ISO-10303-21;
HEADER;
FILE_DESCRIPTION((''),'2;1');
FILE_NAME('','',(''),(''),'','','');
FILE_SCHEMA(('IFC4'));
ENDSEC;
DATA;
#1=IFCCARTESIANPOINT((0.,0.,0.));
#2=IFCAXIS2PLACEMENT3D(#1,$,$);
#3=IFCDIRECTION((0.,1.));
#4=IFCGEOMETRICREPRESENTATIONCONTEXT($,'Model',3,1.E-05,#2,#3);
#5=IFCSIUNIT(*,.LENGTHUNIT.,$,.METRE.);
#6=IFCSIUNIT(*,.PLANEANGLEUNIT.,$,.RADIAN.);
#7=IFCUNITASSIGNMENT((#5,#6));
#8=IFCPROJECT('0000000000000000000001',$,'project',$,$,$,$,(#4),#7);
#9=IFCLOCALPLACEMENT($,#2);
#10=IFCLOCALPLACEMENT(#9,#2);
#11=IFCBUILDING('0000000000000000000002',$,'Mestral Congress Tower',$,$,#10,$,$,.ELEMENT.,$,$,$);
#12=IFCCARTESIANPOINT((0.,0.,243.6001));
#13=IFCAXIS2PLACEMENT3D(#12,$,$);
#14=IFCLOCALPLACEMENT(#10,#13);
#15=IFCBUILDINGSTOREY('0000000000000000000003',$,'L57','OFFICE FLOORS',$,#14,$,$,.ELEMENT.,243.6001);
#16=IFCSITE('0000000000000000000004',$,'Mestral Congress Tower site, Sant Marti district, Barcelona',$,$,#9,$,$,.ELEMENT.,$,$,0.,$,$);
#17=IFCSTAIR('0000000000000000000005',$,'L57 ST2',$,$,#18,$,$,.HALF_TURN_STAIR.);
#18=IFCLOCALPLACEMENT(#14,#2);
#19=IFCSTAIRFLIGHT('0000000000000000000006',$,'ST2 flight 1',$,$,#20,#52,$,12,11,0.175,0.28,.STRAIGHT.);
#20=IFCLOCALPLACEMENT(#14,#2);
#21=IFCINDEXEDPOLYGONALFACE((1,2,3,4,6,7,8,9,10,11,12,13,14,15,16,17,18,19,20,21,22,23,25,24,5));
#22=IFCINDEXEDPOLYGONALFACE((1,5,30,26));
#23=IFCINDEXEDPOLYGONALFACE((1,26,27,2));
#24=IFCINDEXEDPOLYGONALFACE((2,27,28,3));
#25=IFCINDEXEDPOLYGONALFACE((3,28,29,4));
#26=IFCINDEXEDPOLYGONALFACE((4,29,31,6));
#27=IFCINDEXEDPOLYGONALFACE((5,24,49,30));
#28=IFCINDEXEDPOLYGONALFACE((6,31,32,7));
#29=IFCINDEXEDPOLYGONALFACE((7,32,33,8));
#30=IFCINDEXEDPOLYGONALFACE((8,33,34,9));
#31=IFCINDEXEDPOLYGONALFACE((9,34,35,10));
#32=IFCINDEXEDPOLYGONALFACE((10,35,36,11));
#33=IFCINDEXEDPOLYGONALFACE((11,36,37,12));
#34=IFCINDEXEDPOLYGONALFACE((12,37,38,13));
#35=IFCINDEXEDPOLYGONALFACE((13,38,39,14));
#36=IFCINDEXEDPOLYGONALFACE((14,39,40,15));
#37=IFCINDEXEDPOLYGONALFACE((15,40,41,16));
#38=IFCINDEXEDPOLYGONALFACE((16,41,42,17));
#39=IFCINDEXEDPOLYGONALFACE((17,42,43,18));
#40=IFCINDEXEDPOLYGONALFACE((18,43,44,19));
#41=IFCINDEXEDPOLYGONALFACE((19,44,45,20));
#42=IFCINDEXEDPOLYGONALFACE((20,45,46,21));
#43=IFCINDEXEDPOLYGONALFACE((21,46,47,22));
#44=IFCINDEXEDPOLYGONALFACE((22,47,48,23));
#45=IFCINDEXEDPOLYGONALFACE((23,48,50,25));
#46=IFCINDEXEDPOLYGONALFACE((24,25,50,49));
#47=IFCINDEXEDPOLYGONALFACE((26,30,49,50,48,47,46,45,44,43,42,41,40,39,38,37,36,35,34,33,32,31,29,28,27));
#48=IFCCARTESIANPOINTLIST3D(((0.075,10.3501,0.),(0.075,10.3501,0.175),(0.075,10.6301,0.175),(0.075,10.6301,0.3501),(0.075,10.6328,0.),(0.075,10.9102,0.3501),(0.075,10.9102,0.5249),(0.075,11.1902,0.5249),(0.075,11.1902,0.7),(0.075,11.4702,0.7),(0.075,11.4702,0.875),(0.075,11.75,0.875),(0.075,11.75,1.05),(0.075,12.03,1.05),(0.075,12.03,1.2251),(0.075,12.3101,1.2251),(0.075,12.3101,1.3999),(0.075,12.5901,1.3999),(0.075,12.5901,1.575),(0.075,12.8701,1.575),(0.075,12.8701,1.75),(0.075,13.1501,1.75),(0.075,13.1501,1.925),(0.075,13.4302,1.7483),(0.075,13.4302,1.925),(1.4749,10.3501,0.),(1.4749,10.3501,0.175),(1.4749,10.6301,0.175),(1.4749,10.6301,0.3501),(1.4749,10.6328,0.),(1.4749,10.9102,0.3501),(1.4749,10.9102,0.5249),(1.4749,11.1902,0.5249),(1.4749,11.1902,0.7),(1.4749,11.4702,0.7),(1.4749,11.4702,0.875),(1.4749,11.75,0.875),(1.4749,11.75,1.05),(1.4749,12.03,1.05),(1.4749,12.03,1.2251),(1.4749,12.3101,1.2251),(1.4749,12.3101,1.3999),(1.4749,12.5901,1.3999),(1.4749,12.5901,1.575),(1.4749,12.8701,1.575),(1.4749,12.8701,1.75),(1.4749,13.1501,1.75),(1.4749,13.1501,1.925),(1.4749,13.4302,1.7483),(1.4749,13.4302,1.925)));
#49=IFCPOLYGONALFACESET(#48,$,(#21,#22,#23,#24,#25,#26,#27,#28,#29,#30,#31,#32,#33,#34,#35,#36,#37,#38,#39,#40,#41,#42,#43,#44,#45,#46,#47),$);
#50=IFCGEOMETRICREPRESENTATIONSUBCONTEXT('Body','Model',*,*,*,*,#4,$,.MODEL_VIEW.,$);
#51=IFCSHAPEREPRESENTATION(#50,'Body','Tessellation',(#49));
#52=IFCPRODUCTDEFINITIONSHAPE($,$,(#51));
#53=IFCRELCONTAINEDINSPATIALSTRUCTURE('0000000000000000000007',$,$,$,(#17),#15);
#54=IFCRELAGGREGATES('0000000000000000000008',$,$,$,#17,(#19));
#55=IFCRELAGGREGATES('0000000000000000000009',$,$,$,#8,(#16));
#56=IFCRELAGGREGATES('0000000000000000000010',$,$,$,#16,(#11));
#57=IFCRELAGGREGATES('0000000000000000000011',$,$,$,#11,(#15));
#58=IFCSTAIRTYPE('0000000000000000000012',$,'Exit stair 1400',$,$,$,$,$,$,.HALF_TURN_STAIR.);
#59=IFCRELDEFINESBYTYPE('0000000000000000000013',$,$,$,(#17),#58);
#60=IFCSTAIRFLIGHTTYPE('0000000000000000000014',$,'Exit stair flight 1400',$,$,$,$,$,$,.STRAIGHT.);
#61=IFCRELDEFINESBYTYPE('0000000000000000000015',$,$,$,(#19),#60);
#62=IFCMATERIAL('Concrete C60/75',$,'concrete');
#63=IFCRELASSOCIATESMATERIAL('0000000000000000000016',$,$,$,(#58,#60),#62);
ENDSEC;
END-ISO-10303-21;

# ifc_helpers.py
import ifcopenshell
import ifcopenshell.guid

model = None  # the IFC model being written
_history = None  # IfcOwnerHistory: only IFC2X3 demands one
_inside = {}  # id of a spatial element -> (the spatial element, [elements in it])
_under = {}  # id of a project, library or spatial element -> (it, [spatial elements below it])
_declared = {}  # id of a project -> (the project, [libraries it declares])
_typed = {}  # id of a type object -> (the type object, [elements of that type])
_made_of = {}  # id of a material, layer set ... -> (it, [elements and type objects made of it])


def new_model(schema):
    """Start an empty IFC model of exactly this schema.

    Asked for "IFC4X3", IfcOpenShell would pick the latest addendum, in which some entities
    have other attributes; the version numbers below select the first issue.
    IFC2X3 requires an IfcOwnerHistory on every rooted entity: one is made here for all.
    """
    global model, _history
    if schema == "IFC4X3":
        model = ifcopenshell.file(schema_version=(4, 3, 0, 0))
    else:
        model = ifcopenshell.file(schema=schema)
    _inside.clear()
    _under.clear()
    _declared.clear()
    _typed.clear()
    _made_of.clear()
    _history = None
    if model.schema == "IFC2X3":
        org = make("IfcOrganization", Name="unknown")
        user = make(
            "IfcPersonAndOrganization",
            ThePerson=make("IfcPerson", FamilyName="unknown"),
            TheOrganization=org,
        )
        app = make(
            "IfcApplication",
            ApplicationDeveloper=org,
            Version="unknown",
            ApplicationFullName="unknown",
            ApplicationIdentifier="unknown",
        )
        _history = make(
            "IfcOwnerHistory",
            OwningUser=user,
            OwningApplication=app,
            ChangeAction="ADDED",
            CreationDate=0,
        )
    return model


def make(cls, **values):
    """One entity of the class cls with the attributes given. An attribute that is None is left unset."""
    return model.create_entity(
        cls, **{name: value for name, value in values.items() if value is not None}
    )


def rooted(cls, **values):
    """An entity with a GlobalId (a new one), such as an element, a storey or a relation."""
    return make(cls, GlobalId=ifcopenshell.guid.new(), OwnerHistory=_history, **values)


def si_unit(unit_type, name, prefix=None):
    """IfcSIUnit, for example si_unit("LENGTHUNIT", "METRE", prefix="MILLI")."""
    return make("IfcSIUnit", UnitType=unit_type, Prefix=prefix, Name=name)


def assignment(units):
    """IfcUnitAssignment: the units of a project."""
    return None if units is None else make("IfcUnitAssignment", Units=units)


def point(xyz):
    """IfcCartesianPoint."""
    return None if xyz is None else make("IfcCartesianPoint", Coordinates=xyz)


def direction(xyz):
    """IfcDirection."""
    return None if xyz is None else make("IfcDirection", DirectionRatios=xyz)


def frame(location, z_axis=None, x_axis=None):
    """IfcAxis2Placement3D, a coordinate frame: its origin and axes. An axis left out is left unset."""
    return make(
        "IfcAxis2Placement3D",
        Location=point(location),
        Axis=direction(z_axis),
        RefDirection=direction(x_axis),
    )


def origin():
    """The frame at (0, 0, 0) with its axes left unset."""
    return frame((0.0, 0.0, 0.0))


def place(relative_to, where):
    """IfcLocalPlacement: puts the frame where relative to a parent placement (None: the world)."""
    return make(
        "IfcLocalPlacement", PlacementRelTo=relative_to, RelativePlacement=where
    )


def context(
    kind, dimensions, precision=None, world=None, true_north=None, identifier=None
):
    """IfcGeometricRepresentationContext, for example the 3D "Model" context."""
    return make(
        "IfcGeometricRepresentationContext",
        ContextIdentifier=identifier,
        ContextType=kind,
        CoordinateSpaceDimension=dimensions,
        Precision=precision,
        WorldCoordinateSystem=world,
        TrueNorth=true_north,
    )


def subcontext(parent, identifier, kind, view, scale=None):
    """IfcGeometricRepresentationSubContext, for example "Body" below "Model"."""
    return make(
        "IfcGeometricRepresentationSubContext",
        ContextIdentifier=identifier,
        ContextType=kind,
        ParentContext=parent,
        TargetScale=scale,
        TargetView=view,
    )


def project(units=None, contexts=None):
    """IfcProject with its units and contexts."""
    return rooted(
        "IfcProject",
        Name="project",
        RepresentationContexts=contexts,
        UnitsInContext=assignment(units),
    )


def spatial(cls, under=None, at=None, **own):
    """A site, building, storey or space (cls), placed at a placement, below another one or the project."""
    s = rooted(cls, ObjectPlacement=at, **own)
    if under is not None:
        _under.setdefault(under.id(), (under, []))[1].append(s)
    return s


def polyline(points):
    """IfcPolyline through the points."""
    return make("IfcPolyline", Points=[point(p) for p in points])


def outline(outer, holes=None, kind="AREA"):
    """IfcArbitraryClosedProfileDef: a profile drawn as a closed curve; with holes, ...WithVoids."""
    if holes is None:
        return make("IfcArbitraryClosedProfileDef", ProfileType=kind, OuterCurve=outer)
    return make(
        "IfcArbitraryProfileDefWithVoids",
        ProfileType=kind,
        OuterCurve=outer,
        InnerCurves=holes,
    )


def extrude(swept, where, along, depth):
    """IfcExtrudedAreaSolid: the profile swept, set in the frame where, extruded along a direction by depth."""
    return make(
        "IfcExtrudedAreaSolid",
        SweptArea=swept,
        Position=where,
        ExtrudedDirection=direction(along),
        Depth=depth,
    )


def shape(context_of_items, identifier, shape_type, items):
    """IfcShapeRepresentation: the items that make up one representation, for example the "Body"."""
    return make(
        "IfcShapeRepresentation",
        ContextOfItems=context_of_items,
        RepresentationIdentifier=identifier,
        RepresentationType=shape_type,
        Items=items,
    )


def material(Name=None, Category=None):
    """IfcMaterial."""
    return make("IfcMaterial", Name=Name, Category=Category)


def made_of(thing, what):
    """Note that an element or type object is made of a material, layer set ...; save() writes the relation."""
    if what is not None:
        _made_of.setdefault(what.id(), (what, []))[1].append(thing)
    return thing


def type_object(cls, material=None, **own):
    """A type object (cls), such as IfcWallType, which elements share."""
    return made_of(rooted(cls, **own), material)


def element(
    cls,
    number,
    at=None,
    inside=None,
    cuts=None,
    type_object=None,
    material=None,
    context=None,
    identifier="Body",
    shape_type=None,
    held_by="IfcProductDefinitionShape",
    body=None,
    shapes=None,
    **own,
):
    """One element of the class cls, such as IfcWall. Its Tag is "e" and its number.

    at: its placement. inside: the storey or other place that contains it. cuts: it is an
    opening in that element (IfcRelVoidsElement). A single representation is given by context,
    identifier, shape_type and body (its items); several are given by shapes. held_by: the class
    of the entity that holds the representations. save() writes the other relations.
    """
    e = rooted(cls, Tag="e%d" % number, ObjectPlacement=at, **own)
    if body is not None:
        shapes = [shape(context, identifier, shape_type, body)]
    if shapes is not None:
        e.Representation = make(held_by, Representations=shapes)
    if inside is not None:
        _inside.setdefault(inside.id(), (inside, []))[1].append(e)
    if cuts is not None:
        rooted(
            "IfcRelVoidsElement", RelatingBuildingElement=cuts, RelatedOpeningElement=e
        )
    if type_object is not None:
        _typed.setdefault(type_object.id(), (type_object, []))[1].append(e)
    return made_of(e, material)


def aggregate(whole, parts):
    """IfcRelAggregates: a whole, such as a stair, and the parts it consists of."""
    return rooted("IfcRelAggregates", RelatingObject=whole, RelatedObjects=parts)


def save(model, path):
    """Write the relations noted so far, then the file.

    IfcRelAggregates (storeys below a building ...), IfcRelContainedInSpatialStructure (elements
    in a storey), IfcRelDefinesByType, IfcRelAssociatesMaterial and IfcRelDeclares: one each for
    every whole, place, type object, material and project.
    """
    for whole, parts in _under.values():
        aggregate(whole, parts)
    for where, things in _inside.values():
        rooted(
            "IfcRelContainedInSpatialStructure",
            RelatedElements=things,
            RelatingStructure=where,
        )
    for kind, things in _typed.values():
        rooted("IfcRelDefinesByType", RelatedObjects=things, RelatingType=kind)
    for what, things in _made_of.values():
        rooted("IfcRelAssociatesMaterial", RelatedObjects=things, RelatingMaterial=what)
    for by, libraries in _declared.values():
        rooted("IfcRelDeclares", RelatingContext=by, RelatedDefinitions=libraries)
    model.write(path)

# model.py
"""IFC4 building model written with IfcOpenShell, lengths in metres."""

from ifc_helpers import new_model, si_unit, direction, frame, origin, place, context, subcontext, project, spatial, polyline, outline, extrude, material, type_object, element, aggregate, save


model = new_model("IFC4")

# Units and contexts
model_context = context("Model", 3, precision=1e-05, world=origin(), true_north=direction((0.0, 1.0)))
body_context = subcontext(model_context, "Body", "Model", "MODEL_VIEW")
ifc_project = project(units=[si_unit("LENGTHUNIT", "METRE"), si_unit("PLANEANGLEUNIT", "RADIAN")], contexts=[model_context])

# Site, building, storey
site_placement = place(None, origin())
site = spatial("IfcSite", under=ifc_project, at=site_placement, Name="Mestral Congress Tower site, Sant Marti district, Barcelona", CompositionType="ELEMENT", RefElevation=0.0)
building_placement = place(site_placement, origin())
building = spatial("IfcBuilding", under=site, at=building_placement, Name="Mestral Congress Tower", CompositionType="ELEMENT")
storey_placement = place(building_placement, frame((0.0, 0.0, 243.6001)))
storey = spatial("IfcBuildingStorey", under=building, at=storey_placement, Name="L57", Description="OFFICE FLOORS", CompositionType="ELEMENT", Elevation=243.6001)

# Shared definitions
ifc_material_1 = material(Name="Concrete C60/75", Category="concrete")

# Stair, stair flight
stair_type = type_object("IfcStairType", Name="Exit stair 1400", PredefinedType="HALF_TURN_STAIR", material=ifc_material_1)
stair_placement = place(storey_placement, origin())
stair = element("IfcStair", 1, at=stair_placement, inside=storey, type_object=stair_type, Name="L57 ST2", PredefinedType="HALF_TURN_STAIR")
stair_flight_type = type_object("IfcStairFlightType", Name="Exit stair flight 1400", PredefinedType="STRAIGHT", material=ifc_material_1)
stair_flight_placement = place(storey_placement, frame((0.7749, 10.3501, 0.0), z_axis=(0.0, 0.0, 1.0), x_axis=(0.0, 1.0, 0.0)))
stair_flight = element("IfcStairFlight", 2, at=stair_flight_placement, type_object=stair_flight_type, Name="ST2 flight 1", NumberOfRisers=12, NumberOfTreads=11, PredefinedType="STRAIGHT", RiserHeight=0.175, TreadLength=0.28, context=body_context, shape_type="SweptSolid", body=[
    extrude(outline(polyline([(0.0, 0.0), (0.0, 0.175), (0.28, 0.175), (0.28, 0.3501), (0.5601, 0.3501), (0.5601, 0.5249), (0.8401, 0.5249), (0.8401, 0.7), (1.1201, 0.7), (1.1201, 0.875), (1.3999, 0.875), (1.3999, 1.05), (1.6799, 1.05), (1.6799, 1.2251), (1.96, 1.2251), (1.96, 1.3999), (2.24, 1.3999), (2.24, 1.575), (2.52, 1.575), (2.52, 1.75), (2.8, 1.75), (2.8, 1.925), (3.0801, 1.925), (3.0801, 2.1001), (3.0801, 1.7483), (0.2827, 0.0), (0.0, 0.0)])), frame((0.0, 0.7, 0.0), z_axis=(0.0, -1.0, 0.0), x_axis=(1.0, 0.0, 0.0)), (0.0, 0.0, 1.0), 1.3999),
])
aggregate(stair, [stair_flight])

save(model, "model.ifc")
